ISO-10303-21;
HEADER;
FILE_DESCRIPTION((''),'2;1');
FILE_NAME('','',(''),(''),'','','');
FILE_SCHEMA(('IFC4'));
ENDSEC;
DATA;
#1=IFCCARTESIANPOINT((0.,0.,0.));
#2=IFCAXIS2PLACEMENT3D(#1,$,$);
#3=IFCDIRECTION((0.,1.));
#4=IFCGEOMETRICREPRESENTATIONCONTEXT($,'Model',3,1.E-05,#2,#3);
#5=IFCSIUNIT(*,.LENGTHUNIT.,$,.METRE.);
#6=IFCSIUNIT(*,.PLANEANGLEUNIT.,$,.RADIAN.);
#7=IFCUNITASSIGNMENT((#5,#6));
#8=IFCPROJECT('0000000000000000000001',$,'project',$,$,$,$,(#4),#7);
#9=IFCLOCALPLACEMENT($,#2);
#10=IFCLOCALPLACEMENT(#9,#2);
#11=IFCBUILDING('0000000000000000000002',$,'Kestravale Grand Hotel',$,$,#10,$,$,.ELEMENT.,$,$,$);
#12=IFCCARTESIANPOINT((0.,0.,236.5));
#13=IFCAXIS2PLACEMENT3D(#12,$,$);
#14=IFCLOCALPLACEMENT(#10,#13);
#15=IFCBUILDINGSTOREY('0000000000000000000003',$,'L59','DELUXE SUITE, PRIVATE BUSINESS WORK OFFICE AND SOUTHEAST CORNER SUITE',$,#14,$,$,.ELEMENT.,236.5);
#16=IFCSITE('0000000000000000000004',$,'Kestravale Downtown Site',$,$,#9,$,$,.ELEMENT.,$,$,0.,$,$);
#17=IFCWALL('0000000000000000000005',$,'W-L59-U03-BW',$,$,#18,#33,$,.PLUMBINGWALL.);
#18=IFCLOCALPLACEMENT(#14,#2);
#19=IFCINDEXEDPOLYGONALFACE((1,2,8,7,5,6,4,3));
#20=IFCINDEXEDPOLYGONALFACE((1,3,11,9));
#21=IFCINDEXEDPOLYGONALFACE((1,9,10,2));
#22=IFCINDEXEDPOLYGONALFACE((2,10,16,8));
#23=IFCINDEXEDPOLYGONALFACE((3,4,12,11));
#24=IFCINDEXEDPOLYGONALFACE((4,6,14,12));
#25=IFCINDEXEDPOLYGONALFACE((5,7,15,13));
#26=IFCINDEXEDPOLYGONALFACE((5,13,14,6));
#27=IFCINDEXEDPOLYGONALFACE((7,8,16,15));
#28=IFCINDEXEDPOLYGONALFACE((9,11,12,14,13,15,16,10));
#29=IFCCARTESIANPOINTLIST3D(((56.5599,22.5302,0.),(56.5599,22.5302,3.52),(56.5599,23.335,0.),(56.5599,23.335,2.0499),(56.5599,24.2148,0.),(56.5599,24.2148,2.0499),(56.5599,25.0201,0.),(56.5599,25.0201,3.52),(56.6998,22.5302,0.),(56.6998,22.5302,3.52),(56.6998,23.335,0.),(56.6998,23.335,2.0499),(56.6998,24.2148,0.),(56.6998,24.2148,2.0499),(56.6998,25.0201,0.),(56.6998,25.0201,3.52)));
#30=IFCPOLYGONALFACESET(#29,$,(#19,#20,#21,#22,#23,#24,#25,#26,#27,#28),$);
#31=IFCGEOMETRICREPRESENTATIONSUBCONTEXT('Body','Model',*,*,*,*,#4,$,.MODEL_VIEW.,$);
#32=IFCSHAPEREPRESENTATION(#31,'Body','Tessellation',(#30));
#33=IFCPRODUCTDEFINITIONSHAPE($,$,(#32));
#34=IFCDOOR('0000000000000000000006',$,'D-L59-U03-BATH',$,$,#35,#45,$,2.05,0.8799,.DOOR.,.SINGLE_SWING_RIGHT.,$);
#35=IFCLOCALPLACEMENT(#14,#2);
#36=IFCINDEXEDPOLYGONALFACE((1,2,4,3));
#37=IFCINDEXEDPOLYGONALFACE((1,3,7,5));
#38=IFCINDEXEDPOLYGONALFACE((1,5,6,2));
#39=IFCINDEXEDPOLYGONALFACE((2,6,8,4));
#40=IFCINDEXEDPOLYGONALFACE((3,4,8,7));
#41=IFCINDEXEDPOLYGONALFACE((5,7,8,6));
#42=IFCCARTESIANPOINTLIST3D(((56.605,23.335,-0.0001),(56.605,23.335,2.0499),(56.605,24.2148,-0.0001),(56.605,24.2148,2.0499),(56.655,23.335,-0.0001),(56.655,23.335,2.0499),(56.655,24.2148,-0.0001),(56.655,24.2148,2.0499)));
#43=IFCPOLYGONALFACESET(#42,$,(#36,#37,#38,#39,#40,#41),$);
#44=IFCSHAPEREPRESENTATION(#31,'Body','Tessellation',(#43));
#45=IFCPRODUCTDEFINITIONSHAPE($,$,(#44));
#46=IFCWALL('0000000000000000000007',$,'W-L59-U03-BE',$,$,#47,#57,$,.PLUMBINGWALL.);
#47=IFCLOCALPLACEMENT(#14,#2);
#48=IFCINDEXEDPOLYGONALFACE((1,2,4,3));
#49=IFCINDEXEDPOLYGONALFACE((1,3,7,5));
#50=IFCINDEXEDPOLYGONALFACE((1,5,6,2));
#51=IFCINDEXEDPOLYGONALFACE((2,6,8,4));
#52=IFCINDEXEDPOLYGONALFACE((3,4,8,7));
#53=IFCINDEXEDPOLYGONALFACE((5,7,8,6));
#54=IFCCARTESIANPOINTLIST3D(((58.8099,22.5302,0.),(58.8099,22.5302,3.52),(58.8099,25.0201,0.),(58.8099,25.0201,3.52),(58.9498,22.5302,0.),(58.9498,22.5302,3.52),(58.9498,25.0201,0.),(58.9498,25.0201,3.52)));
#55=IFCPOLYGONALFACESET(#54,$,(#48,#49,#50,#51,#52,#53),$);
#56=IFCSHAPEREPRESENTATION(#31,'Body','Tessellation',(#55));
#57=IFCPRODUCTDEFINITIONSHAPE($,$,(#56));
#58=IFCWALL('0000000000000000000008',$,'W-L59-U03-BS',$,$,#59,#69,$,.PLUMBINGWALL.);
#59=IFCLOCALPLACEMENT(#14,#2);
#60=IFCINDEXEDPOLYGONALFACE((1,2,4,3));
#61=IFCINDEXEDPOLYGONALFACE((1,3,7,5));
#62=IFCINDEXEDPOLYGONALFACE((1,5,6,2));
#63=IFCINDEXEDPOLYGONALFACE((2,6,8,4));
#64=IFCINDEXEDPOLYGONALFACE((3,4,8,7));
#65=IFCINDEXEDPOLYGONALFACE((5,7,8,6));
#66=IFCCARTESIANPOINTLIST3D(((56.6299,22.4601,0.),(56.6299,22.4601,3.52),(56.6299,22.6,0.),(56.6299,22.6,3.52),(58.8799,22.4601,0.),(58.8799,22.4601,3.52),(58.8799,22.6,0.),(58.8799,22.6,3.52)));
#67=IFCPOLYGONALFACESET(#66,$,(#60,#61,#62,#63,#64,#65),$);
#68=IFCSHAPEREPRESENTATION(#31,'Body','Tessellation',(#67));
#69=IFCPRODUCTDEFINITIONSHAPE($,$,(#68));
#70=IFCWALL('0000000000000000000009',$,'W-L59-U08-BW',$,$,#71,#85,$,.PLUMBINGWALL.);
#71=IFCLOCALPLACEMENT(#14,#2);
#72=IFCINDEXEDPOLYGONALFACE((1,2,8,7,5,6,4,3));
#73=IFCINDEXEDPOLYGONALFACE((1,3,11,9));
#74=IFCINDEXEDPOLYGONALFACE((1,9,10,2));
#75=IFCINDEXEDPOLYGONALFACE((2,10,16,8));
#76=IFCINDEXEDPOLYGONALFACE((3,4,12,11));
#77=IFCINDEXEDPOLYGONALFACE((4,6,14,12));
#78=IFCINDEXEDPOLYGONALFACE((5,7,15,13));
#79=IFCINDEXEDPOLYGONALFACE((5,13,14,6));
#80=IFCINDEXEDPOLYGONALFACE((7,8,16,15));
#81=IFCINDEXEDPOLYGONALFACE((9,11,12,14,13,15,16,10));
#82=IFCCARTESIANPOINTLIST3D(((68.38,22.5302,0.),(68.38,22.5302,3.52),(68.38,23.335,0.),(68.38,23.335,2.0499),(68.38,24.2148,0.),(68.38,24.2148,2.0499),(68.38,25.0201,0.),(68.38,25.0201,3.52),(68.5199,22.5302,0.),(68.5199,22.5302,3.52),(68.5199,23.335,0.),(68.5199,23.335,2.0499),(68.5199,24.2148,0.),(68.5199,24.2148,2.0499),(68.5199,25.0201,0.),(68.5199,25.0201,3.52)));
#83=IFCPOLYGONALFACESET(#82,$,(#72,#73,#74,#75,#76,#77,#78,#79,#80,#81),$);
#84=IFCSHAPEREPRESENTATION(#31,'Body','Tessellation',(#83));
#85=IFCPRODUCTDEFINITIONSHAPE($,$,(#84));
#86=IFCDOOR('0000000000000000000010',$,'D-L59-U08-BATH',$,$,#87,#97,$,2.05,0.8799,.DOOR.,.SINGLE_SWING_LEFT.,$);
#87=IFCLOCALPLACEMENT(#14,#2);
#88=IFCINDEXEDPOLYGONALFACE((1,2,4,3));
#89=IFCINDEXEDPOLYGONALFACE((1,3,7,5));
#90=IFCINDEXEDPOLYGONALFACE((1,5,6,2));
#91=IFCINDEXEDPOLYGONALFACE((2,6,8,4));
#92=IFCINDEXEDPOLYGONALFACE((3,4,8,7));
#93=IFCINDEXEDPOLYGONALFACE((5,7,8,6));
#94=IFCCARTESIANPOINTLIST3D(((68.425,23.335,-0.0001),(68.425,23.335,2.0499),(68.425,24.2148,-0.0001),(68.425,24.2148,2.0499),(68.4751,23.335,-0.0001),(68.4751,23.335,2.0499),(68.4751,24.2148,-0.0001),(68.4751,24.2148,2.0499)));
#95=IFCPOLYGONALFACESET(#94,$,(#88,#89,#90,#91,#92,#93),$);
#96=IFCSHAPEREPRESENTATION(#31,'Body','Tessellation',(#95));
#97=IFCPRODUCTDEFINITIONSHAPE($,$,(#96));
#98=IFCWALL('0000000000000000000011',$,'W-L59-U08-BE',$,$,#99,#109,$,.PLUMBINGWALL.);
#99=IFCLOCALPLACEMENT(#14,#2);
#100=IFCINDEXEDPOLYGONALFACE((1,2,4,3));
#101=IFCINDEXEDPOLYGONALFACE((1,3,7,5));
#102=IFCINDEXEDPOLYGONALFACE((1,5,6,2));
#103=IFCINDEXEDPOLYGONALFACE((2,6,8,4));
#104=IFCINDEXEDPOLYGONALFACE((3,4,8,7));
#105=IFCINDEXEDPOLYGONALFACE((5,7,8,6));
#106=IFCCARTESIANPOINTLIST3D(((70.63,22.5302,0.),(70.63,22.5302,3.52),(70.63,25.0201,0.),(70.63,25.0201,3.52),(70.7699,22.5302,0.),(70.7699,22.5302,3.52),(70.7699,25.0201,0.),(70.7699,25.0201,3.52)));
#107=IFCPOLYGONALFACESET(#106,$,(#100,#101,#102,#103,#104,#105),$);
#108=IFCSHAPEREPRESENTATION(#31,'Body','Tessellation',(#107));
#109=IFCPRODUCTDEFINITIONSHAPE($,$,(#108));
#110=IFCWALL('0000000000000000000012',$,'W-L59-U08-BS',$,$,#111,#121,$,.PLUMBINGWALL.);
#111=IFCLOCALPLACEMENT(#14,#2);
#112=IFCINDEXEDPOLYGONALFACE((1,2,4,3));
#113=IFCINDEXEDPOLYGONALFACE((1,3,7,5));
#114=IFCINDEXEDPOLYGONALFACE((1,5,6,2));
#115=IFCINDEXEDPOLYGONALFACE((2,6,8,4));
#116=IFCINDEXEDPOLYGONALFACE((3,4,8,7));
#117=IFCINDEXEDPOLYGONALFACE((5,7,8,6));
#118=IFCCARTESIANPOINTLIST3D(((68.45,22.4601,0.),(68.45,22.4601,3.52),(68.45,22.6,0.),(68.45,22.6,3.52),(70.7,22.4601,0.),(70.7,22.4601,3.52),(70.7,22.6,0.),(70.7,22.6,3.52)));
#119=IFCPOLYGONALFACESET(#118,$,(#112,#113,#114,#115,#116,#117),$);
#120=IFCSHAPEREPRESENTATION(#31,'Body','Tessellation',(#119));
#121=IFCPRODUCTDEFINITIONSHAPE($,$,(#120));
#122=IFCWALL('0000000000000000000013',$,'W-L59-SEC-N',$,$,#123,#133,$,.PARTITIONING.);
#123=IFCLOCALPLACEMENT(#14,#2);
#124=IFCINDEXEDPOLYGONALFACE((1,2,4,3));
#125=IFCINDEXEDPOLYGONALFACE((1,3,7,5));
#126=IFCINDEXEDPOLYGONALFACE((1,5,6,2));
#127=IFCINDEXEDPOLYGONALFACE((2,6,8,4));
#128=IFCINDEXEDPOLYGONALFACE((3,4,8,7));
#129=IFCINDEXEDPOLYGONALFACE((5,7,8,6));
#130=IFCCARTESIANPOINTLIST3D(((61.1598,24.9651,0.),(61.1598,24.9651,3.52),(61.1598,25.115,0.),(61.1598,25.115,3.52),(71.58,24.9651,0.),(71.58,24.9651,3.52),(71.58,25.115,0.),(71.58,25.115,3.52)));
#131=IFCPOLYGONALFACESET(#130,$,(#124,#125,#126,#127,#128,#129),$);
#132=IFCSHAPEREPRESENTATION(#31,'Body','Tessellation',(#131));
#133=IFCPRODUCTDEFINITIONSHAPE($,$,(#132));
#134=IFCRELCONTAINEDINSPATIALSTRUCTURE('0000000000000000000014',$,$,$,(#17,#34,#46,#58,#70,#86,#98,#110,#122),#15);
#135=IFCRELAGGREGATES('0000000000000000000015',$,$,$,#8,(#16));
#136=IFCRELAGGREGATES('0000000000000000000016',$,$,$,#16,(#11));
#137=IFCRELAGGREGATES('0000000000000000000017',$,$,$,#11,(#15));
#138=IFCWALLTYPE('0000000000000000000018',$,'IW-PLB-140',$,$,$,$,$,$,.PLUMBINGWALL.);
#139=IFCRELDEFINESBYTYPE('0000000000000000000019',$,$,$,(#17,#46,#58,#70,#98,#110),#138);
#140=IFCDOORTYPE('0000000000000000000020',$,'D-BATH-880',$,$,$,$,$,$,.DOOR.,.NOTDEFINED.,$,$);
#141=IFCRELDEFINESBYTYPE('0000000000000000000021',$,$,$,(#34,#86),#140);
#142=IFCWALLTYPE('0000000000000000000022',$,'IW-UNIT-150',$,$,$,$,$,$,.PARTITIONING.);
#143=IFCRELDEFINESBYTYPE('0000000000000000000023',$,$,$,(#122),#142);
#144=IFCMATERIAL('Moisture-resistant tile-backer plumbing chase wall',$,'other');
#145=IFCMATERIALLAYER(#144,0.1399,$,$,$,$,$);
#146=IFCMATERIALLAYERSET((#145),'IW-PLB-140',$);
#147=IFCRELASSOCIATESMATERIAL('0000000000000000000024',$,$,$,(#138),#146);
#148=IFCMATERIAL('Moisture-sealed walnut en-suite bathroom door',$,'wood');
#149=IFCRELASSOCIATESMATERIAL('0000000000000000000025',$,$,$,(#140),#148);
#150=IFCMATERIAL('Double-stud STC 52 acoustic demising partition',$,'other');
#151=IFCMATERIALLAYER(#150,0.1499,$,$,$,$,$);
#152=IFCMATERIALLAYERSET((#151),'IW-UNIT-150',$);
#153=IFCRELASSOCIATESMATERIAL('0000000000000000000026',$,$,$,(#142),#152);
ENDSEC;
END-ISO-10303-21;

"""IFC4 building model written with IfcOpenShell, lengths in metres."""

from ifc_helpers import new_model, si_unit, direction, frame, frame_2d, origin, place, context, subcontext, project, spatial, rectangle, extrude, material, layer, layer_set, type_object, element, fill, save


model = new_model("IFC4")

# Units and contexts
model_context = context("Model", 3, precision=1e-05, world=origin(), true_north=direction((0.0, 1.0)))
body_context = subcontext(model_context, "Body", "Model", "MODEL_VIEW")
ifc_project = project(units=[si_unit("LENGTHUNIT", "METRE"), si_unit("PLANEANGLEUNIT", "RADIAN")], contexts=[model_context])

# Site, building, storey
site_placement = place(None, origin())
site = spatial("IfcSite", under=ifc_project, at=site_placement, Name="Kestravale Downtown Site", CompositionType="ELEMENT", RefElevation=0.0)
building_placement = place(site_placement, origin())
building = spatial("IfcBuilding", under=site, at=building_placement, Name="Kestravale Grand Hotel", CompositionType="ELEMENT")
storey_placement = place(building_placement, frame((0.0, 0.0, 236.5)))
storey = spatial("IfcBuildingStorey", under=building, at=storey_placement, Name="L59", Description="DELUXE SUITE, PRIVATE BUSINESS WORK OFFICE AND SOUTHEAST CORNER SUITE", CompositionType="ELEMENT", Elevation=236.5)

# Wall, opening, door
ifc_material_1 = material(Name="Moisture-resistant tile-backer plumbing chase wall", Category="other")
ifc_layer_1 = layer(ifc_material_1, 0.1399)
ifc_layer_set_1 = layer_set([ifc_layer_1], Name="IW-PLB-140")
wall_type_1 = type_object("IfcWallType", Name="IW-PLB-140", PredefinedType="PLUMBINGWALL", material=ifc_layer_set_1)
wall_1_placement = place(storey_placement, frame((56.6299, 22.53, 0.0), z_axis=(0.0, 0.0, 1.0), x_axis=(0.0, 1.0, 0.0)))
wall_1 = element("IfcWall", 1, at=wall_1_placement, inside=storey, type_object=wall_type_1, Name="W-L59-U03-BW", PredefinedType="PLUMBINGWALL", context=body_context, shape_type="SweptSolid", body=[
    extrude(rectangle(XDim=2.49, YDim=0.1399, at=frame_2d((1.2451, 0.0))), origin(), (0.0, 0.0, 1.0), 3.52),
])
opening_1_placement = place(wall_1_placement, frame((0.8049, 0.0, 0.0)))
opening_1 = element("IfcOpeningElement", 2, at=opening_1_placement, cuts=wall_1, PredefinedType="OPENING", context=body_context, shape_type="SweptSolid", body=[
    extrude(rectangle(XDim=0.8799, YDim=2.05, at=frame_2d((0.4399, 1.0249))), frame((0.0, 0.0798, 0.0), z_axis=(0.0, -1.0, 0.0), x_axis=(1.0, 0.0, 0.0)), (0.0, 0.0, 1.0), 0.1599),
])
ifc_material_2 = material(Name="Moisture-sealed walnut en-suite bathroom door", Category="wood")
door_type_1 = type_object("IfcDoorType", Name="D-BATH-880", OperationType="NOTDEFINED", PredefinedType="DOOR", material=ifc_material_2)
door_1_placement = place(opening_1_placement, origin())
door_1 = element("IfcDoor", 3, at=door_1_placement, inside=storey, type_object=door_type_1, Name="D-L59-U03-BATH", OperationType="SINGLE_SWING_RIGHT", OverallHeight=2.05, OverallWidth=0.8799, PredefinedType="DOOR", context=body_context, shape_type="SweptSolid", body=[
    extrude(rectangle(XDim=0.8799, YDim=2.05, at=frame_2d((0.4399, 1.0249))), frame((0.0, 0.0249, 0.0), z_axis=(0.0, -1.0, 0.0), x_axis=(1.0, 0.0, 0.0)), (0.0, 0.0, 1.0), 0.05),
])
fill(opening_1, door_1)

# Walls
wall_2_placement = place(storey_placement, frame((58.8799, 22.53, 0.0), z_axis=(0.0, 0.0, 1.0), x_axis=(0.0, 1.0, 0.0)))
element("IfcWall", 4, at=wall_2_placement, inside=storey, type_object=wall_type_1, Name="W-L59-U03-BE", PredefinedType="PLUMBINGWALL", context=body_context, shape_type="SweptSolid", body=[
    extrude(rectangle(XDim=2.49, YDim=0.1399, at=frame_2d((1.2451, 0.0))), origin(), (0.0, 0.0, 1.0), 3.52),
])
wall_3_placement = place(storey_placement, frame((56.6299, 22.53, 0.0), z_axis=(0.0, 0.0, 1.0), x_axis=(1.0, 0.0, 0.0)))
element("IfcWall", 5, at=wall_3_placement, inside=storey, type_object=wall_type_1, Name="W-L59-U03-BS", PredefinedType="PLUMBINGWALL", context=body_context, shape_type="SweptSolid", body=[
    extrude(rectangle(XDim=2.25, YDim=0.1399, at=frame_2d((1.125, 0.0))), origin(), (0.0, 0.0, 1.0), 3.52),
])

# Wall, opening, door
wall_4_placement = place(storey_placement, frame((68.45, 22.53, 0.0), z_axis=(0.0, 0.0, 1.0), x_axis=(0.0, 1.0, 0.0)))
wall_4 = element("IfcWall", 6, at=wall_4_placement, inside=storey, type_object=wall_type_1, Name="W-L59-U08-BW", PredefinedType="PLUMBINGWALL", context=body_context, shape_type="SweptSolid", body=[
    extrude(rectangle(XDim=2.49, YDim=0.1399, at=frame_2d((1.2451, 0.0))), origin(), (0.0, 0.0, 1.0), 3.52),
])
opening_2_placement = place(wall_4_placement, frame((0.8049, 0.0, 0.0)))
opening_2 = element("IfcOpeningElement", 7, at=opening_2_placement, cuts=wall_4, PredefinedType="OPENING", context=body_context, shape_type="SweptSolid", body=[
    extrude(rectangle(XDim=0.8799, YDim=2.05, at=frame_2d((0.4399, 1.0249))), frame((0.0, 0.0798, 0.0), z_axis=(0.0, -1.0, 0.0), x_axis=(1.0, 0.0, 0.0)), (0.0, 0.0, 1.0), 0.1599),
])
door_2_placement = place(opening_2_placement, origin())
door_2 = element("IfcDoor", 8, at=door_2_placement, inside=storey, type_object=door_type_1, Name="D-L59-U08-BATH", OperationType="SINGLE_SWING_LEFT", OverallHeight=2.05, OverallWidth=0.8799, PredefinedType="DOOR", context=body_context, shape_type="SweptSolid", body=[
    extrude(rectangle(XDim=0.8799, YDim=2.05, at=frame_2d((0.4399, 1.0249))), frame((0.0, 0.0249, 0.0), z_axis=(0.0, -1.0, 0.0), x_axis=(1.0, 0.0, 0.0)), (0.0, 0.0, 1.0), 0.05),
])
fill(opening_2, door_2)

# Walls
wall_5_placement = place(storey_placement, frame((70.7, 22.53, 0.0), z_axis=(0.0, 0.0, 1.0), x_axis=(0.0, 1.0, 0.0)))
element("IfcWall", 9, at=wall_5_placement, inside=storey, type_object=wall_type_1, Name="W-L59-U08-BE", PredefinedType="PLUMBINGWALL", context=body_context, shape_type="SweptSolid", body=[
    extrude(rectangle(XDim=2.49, YDim=0.1399, at=frame_2d((1.2451, 0.0))), origin(), (0.0, 0.0, 1.0), 3.52),
])
wall_6_placement = place(storey_placement, frame((68.45, 22.53, 0.0), z_axis=(0.0, 0.0, 1.0), x_axis=(1.0, 0.0, 0.0)))
element("IfcWall", 10, at=wall_6_placement, inside=storey, type_object=wall_type_1, Name="W-L59-U08-BS", PredefinedType="PLUMBINGWALL", context=body_context, shape_type="SweptSolid", body=[
    extrude(rectangle(XDim=2.25, YDim=0.1399, at=frame_2d((1.125, 0.0))), origin(), (0.0, 0.0, 1.0), 3.52),
])
ifc_material_3 = material(Name="Double-stud STC 52 acoustic demising partition", Category="other")
ifc_layer_2 = layer(ifc_material_3, 0.1499)
ifc_layer_set_2 = layer_set([ifc_layer_2], Name="IW-UNIT-150")
wall_type_2 = type_object("IfcWallType", Name="IW-UNIT-150", PredefinedType="PARTITIONING", material=ifc_layer_set_2)
wall_7_placement = place(storey_placement, frame((61.1599, 25.04, 0.0), z_axis=(0.0, 0.0, 1.0), x_axis=(1.0, 0.0, 0.0)))
element("IfcWall", 11, at=wall_7_placement, inside=storey, type_object=wall_type_2, Name="W-L59-SEC-N", PredefinedType="PARTITIONING", context=body_context, shape_type="SweptSolid", body=[
    extrude(rectangle(XDim=10.4202, YDim=0.1499, at=frame_2d((5.21, 0.0))), origin(), (0.0, 0.0, 1.0), 3.52),
])

save(model, "model.ifc")
